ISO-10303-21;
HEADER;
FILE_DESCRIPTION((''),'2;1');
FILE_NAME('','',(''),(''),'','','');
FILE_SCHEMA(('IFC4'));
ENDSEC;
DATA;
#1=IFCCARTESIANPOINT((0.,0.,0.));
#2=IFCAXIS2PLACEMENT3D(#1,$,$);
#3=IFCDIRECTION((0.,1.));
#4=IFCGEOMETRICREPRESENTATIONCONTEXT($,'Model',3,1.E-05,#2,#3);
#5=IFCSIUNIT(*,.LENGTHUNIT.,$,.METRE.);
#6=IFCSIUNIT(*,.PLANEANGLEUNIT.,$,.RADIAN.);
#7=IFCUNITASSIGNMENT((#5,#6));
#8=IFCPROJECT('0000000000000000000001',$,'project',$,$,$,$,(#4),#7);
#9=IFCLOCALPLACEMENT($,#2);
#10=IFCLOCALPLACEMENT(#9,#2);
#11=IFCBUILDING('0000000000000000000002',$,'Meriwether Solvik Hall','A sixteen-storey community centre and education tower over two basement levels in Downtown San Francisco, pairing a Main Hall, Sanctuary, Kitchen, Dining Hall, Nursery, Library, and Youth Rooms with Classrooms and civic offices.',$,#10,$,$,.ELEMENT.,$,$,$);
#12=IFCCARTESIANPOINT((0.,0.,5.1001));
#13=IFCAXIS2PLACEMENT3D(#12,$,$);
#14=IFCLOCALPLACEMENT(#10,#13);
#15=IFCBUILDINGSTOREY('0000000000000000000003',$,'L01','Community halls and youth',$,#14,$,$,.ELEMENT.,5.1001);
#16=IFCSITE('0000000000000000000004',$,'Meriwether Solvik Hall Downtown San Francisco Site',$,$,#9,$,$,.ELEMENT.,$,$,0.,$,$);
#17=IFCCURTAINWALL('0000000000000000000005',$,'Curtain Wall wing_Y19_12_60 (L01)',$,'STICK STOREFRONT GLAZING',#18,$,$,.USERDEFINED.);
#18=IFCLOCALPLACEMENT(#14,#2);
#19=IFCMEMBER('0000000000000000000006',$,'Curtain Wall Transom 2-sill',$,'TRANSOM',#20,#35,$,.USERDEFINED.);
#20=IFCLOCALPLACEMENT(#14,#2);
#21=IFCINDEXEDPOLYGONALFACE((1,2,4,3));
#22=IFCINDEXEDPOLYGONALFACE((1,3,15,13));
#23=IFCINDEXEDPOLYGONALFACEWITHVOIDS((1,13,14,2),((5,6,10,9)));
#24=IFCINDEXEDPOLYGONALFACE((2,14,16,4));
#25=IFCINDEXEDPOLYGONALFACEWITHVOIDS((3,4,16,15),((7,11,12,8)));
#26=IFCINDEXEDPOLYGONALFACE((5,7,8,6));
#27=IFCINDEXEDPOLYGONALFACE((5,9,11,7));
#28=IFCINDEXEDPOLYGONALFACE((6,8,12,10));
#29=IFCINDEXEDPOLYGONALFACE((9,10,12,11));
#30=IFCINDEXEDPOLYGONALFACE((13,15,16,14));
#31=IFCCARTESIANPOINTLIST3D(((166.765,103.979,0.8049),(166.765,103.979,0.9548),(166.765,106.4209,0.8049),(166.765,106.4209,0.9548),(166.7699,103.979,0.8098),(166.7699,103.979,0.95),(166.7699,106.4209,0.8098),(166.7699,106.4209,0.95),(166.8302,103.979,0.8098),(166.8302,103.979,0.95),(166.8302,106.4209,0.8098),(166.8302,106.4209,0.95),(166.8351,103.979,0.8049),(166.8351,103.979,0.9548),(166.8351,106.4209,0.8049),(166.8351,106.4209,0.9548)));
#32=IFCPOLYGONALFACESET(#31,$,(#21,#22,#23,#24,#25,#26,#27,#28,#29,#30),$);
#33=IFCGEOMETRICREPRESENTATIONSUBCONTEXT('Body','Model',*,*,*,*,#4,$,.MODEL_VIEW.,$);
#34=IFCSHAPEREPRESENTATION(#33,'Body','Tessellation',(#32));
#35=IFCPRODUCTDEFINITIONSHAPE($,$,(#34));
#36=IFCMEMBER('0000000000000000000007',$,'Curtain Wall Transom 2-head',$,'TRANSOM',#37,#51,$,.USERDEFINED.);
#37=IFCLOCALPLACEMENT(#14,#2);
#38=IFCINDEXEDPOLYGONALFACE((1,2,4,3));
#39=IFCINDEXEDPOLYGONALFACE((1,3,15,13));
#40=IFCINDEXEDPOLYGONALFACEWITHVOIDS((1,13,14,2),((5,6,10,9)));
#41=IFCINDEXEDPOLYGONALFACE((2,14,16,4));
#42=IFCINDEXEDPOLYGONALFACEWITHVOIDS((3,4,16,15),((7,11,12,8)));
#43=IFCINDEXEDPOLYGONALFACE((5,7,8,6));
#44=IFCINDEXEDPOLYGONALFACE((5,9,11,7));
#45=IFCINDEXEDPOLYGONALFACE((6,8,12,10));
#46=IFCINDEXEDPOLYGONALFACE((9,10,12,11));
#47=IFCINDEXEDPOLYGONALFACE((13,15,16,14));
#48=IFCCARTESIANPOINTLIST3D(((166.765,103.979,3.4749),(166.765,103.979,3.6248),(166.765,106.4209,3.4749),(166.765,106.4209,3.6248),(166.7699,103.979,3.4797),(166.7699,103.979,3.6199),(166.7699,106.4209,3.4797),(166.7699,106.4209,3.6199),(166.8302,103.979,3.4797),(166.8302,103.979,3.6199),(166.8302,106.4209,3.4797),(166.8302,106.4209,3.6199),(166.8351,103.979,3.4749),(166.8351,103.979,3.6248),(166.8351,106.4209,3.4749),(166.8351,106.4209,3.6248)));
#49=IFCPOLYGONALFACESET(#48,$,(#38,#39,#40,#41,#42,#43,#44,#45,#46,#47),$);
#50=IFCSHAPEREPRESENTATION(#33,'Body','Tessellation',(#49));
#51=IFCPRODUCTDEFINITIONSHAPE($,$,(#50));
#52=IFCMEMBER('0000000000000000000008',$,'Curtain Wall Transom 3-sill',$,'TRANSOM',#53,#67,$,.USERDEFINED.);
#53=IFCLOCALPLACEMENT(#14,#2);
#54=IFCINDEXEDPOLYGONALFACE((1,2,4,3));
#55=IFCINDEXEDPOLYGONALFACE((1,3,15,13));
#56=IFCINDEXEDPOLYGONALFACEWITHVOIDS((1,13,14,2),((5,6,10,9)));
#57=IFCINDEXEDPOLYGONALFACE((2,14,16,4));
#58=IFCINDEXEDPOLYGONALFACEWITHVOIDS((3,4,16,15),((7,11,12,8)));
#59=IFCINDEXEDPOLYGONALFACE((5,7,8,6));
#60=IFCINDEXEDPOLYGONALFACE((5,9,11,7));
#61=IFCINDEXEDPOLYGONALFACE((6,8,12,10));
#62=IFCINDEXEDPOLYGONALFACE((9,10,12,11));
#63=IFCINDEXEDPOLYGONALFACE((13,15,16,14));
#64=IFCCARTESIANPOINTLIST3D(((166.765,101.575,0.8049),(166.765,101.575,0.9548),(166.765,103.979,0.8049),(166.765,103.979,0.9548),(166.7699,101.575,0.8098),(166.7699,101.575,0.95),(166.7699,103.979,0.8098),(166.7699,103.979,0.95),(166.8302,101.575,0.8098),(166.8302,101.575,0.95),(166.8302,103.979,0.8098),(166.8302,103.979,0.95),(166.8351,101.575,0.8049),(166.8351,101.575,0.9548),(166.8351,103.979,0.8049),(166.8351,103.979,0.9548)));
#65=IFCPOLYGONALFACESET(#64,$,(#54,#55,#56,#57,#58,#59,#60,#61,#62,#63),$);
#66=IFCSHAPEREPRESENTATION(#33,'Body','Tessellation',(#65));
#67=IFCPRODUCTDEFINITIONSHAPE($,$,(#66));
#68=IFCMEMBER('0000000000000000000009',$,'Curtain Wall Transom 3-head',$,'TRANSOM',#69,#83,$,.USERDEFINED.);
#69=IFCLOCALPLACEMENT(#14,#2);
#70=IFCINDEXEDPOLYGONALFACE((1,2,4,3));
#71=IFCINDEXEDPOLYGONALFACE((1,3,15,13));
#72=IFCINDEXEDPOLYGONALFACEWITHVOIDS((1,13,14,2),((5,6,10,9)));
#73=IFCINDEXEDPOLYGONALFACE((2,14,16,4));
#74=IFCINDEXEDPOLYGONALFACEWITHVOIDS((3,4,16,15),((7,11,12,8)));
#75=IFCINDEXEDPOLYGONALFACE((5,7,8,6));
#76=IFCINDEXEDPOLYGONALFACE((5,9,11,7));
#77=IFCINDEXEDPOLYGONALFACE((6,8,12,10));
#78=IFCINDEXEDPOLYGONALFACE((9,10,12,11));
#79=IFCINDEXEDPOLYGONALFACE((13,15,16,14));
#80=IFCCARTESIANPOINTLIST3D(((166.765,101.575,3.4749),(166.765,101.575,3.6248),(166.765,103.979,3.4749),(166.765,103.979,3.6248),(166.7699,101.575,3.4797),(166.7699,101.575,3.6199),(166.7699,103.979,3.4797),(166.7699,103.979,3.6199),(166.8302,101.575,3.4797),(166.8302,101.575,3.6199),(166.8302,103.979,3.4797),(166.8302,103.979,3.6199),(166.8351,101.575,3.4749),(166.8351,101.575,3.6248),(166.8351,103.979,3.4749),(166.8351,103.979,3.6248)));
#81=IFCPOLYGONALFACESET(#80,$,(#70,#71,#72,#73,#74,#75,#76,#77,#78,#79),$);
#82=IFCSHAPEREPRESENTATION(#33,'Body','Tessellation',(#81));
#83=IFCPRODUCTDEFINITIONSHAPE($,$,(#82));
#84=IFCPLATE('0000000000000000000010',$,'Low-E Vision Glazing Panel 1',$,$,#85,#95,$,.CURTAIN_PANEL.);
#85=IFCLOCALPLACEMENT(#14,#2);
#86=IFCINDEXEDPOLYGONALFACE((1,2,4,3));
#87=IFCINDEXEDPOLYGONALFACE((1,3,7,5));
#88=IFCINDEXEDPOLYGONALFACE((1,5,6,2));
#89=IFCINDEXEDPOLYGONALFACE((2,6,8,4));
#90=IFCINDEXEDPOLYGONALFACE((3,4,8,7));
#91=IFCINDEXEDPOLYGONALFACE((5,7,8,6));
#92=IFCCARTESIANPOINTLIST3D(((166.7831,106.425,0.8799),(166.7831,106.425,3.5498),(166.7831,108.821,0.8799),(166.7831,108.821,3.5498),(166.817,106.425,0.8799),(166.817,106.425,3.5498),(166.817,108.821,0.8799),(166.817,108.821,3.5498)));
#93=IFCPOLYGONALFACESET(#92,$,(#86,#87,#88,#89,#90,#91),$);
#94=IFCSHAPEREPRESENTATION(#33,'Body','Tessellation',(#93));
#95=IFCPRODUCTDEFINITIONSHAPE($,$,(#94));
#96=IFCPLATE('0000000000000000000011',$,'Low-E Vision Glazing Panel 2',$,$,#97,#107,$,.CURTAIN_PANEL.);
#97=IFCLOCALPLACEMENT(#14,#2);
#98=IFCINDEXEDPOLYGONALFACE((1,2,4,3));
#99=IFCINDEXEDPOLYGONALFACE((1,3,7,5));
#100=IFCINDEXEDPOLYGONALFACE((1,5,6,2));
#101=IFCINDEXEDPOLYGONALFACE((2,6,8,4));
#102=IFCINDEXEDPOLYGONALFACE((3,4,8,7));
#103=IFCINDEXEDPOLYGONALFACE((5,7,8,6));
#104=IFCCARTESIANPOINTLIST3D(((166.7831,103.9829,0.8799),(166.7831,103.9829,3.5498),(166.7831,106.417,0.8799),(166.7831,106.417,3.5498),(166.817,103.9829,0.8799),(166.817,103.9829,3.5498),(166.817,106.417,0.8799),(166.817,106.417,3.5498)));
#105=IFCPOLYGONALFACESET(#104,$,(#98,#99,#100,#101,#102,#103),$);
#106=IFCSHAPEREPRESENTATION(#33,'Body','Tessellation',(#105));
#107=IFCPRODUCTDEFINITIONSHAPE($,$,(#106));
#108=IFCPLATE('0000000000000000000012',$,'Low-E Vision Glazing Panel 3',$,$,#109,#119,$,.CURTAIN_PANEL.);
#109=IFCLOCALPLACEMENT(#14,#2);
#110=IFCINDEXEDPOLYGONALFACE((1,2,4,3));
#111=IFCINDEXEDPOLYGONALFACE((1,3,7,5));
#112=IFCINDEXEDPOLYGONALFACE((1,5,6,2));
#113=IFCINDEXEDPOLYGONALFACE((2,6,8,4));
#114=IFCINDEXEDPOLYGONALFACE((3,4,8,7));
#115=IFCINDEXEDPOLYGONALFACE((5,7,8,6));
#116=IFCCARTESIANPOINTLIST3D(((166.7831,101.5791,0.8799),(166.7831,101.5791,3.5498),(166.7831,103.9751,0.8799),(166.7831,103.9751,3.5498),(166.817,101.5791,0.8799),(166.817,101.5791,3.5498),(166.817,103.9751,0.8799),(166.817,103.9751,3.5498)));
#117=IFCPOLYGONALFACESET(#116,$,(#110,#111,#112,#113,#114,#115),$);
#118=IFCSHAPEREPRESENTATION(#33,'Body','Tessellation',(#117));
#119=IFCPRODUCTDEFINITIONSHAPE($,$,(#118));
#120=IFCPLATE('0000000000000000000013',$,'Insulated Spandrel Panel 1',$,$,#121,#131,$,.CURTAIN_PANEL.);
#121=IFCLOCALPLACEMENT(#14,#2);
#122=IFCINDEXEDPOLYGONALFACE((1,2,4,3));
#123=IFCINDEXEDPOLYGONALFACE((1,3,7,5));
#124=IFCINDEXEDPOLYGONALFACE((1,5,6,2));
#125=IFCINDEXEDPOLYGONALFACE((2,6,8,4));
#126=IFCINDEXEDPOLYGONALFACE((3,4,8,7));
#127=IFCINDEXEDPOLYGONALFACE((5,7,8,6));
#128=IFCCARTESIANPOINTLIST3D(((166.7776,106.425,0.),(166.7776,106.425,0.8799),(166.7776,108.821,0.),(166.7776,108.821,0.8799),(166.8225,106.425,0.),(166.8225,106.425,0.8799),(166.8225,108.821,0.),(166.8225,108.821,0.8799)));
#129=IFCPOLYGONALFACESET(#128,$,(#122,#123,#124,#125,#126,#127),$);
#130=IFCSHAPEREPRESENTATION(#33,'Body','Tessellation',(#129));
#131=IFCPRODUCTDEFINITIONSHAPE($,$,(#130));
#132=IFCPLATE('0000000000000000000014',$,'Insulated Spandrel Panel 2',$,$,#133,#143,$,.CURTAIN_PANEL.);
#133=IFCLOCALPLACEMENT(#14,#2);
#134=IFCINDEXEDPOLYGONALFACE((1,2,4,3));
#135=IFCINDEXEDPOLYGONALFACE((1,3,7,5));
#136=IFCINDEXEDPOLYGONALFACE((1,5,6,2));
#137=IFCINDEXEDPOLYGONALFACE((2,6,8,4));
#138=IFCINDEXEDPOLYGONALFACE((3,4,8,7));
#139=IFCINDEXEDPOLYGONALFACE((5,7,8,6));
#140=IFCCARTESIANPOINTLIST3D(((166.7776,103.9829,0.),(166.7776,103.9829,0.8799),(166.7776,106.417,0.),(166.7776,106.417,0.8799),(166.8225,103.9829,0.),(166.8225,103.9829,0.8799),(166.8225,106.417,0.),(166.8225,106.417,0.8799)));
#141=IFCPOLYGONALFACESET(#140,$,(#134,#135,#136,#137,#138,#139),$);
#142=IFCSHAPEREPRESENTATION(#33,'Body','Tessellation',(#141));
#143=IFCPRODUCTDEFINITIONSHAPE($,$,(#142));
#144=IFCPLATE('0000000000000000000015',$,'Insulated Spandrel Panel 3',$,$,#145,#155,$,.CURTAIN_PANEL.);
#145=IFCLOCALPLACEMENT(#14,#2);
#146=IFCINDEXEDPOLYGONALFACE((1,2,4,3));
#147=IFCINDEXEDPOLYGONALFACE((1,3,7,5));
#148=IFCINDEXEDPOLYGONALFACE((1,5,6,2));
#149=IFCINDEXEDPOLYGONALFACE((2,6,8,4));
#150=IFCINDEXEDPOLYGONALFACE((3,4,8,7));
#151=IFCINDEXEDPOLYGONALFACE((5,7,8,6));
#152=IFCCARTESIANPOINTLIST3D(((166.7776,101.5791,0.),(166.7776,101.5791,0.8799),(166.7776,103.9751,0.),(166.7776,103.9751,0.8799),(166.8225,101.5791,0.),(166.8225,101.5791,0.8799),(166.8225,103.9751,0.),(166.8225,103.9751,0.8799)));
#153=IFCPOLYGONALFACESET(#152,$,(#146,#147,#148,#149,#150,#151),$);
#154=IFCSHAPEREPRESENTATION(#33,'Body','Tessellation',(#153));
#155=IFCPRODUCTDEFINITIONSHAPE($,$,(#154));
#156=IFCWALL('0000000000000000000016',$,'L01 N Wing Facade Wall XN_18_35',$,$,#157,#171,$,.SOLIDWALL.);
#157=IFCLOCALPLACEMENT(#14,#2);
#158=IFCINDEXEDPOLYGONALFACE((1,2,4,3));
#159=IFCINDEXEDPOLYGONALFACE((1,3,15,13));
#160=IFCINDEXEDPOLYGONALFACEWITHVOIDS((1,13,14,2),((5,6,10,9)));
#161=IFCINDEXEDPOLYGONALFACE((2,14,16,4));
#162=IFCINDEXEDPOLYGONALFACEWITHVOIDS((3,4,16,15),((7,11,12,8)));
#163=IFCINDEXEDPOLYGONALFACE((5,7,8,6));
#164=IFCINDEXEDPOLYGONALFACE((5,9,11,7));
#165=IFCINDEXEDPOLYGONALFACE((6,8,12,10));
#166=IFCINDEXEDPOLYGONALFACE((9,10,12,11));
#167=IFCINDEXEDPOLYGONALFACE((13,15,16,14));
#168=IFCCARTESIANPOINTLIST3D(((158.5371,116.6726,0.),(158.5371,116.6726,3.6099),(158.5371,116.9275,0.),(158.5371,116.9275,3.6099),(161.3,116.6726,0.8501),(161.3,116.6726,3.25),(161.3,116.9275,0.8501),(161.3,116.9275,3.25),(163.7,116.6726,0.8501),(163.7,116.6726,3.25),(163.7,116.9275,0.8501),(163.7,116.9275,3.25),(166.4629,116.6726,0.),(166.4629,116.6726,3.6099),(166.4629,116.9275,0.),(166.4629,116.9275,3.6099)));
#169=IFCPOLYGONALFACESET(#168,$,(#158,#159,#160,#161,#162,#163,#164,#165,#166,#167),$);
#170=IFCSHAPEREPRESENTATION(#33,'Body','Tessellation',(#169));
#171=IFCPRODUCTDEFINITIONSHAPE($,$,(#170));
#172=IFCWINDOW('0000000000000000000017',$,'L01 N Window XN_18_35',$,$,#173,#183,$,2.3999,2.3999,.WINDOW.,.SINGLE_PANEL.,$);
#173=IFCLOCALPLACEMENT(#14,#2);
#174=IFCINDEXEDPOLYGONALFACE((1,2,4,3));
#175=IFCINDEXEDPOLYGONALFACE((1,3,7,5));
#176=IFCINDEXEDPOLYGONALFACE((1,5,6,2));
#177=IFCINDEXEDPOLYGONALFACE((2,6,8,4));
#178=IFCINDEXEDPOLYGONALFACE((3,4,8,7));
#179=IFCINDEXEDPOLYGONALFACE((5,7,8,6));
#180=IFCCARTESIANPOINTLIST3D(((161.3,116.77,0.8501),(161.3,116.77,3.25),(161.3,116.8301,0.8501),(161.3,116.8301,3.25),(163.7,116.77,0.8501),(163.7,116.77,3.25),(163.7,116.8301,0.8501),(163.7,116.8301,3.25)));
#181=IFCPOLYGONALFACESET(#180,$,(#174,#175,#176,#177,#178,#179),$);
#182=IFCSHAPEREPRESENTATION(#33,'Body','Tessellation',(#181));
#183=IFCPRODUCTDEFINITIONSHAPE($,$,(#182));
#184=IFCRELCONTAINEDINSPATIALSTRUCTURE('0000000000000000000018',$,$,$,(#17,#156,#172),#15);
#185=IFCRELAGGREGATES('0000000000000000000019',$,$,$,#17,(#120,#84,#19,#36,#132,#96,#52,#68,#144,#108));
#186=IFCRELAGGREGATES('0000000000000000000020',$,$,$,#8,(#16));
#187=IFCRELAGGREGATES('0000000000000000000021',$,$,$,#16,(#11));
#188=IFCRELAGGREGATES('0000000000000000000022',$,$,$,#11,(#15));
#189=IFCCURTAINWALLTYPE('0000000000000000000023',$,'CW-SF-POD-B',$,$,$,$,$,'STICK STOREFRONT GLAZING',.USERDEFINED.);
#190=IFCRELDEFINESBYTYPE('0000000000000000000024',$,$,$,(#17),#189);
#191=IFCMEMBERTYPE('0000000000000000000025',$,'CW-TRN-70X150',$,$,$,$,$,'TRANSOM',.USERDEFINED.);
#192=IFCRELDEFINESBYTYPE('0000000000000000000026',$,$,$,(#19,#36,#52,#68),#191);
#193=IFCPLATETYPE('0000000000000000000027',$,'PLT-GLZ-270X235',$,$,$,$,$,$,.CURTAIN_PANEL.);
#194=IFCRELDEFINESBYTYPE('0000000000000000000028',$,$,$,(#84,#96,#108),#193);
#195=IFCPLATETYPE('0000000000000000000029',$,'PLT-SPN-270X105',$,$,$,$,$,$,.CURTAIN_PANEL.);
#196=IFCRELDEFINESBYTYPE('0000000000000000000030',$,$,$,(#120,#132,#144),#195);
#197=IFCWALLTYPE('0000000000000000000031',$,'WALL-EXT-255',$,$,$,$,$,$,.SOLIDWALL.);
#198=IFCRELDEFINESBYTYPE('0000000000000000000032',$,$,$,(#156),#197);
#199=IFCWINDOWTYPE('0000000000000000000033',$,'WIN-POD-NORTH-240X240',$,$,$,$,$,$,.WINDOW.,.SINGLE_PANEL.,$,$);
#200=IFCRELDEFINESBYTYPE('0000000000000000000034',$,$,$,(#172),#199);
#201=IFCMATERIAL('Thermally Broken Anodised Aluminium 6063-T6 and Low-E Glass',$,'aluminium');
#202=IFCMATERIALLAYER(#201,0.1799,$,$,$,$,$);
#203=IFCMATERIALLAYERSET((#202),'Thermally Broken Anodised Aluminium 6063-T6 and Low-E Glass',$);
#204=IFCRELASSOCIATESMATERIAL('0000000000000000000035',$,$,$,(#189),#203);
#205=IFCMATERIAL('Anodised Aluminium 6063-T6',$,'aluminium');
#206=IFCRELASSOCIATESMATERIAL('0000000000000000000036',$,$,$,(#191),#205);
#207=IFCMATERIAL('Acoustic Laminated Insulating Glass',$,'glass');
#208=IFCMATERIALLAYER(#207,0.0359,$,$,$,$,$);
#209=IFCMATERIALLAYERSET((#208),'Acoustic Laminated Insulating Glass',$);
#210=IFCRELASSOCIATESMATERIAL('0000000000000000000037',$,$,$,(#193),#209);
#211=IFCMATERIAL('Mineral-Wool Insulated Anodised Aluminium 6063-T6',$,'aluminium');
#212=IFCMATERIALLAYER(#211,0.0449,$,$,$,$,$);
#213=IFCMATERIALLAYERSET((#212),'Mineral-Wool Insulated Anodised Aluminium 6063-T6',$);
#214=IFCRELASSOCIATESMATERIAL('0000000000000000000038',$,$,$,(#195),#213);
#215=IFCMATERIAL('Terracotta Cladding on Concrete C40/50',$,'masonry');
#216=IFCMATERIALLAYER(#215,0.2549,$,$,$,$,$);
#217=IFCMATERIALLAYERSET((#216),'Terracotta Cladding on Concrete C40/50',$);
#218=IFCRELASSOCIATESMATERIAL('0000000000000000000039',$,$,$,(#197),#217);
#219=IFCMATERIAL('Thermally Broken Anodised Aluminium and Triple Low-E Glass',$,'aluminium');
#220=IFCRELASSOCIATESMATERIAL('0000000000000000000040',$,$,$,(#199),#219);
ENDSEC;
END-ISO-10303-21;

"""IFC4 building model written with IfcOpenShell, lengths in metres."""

from ifc_helpers import new_model, si_unit, direction, frame, frame_2d, origin, origin_2d, place, context, subcontext, project, spatial, rectangle, hollow_rectangle, extrude, material, layer, layer_set, material_profile, profile_set, type_object, element, fill, aggregate, save


model = new_model("IFC4")

# Units and contexts
model_context = context("Model", 3, precision=1e-05, world=origin(), true_north=direction((0.0, 1.0)))
body_context = subcontext(model_context, "Body", "Model", "MODEL_VIEW")
ifc_project = project(units=[si_unit("LENGTHUNIT", "METRE"), si_unit("PLANEANGLEUNIT", "RADIAN")], contexts=[model_context])

# Site, building, storey
site_placement = place(None, origin())
site = spatial("IfcSite", under=ifc_project, at=site_placement, Name="Meriwether Solvik Hall Downtown San Francisco Site", CompositionType="ELEMENT", RefElevation=0.0)
building_placement = place(site_placement, origin())
building = spatial("IfcBuilding", under=site, at=building_placement, Name="Meriwether Solvik Hall", Description="A sixteen-storey community centre and education tower over two basement levels in Downtown San Francisco, pairing a Main Hall, Sanctuary, Kitchen, Dining Hall, Nursery, Library, and Youth Rooms with Classrooms and civic offices.", CompositionType="ELEMENT")
storey_placement = place(building_placement, frame((0.0, 0.0, 5.1001)))
storey = spatial("IfcBuildingStorey", under=building, at=storey_placement, Name="L01", Description="Community halls and youth", CompositionType="ELEMENT", Elevation=5.1001)

# Curtain wall, members, plates
ifc_material_1 = material(Name="Thermally Broken Anodised Aluminium 6063-T6 and Low-E Glass", Category="aluminium")
ifc_layer_1 = layer(ifc_material_1, 0.1799)
ifc_layer_set_1 = layer_set([ifc_layer_1], Name="Thermally Broken Anodised Aluminium 6063-T6 and Low-E Glass")
curtain_wall_type = type_object("IfcCurtainWallType", Name="CW-SF-POD-B", ElementType="STICK STOREFRONT GLAZING", PredefinedType="USERDEFINED", material=ifc_layer_set_1)
curtain_wall_placement = place(storey_placement, origin())
curtain_wall = element("IfcCurtainWall", 1, at=curtain_wall_placement, inside=storey, type_object=curtain_wall_type, Name="Curtain Wall wing_Y19_12_60 (L01)", ObjectType="STICK STOREFRONT GLAZING", PredefinedType="USERDEFINED")
ifc_material_2 = material(Name="Anodised Aluminium 6063-T6", Category="aluminium")
ifc_material_profile_1 = material_profile(ifc_material_2, hollow_rectangle(XDim=0.0701, YDim=0.1499, WallThickness=0.0049, at=origin_2d()), Name="CWT-70X150")
ifc_profile_set_1 = profile_set([ifc_material_profile_1], Name="Anodised Aluminium 6063-T6")
member_type_1 = type_object("IfcMemberType", Name="CW-TRN-70X150", ElementType="TRANSOM", PredefinedType="USERDEFINED", material=ifc_profile_set_1)
member_1_placement = place(storey_placement, frame((166.8, 106.4209, 0.8799), z_axis=(0.0, -1.0, 0.0), x_axis=(1.0, 0.0, 0.0)))
member_1 = element("IfcMember", 2, at=member_1_placement, type_object=member_type_1, Name="Curtain Wall Transom 2-sill", ObjectType="TRANSOM", PredefinedType="USERDEFINED", context=body_context, shape_type="SweptSolid", body=[
    extrude(hollow_rectangle(XDim=0.0701, YDim=0.1499, WallThickness=0.0049, at=origin_2d()), origin(), (0.0, 0.0, 1.0), 2.4419),
])
member_2_placement = place(storey_placement, frame((166.8, 106.4209, 3.5498), z_axis=(0.0, -1.0, 0.0), x_axis=(1.0, 0.0, 0.0)))
member_2 = element("IfcMember", 3, at=member_2_placement, type_object=member_type_1, Name="Curtain Wall Transom 2-head", ObjectType="TRANSOM", PredefinedType="USERDEFINED", context=body_context, shape_type="SweptSolid", body=[
    extrude(hollow_rectangle(XDim=0.0701, YDim=0.1499, WallThickness=0.0049, at=origin_2d()), origin(), (0.0, 0.0, 1.0), 2.4419),
])
member_3_placement = place(storey_placement, frame((166.8, 103.979, 0.8799), z_axis=(0.0, -1.0, 0.0), x_axis=(1.0, 0.0, 0.0)))
member_3 = element("IfcMember", 4, at=member_3_placement, type_object=member_type_1, Name="Curtain Wall Transom 3-sill", ObjectType="TRANSOM", PredefinedType="USERDEFINED", context=body_context, shape_type="SweptSolid", body=[
    extrude(hollow_rectangle(XDim=0.0701, YDim=0.1499, WallThickness=0.0049, at=origin_2d()), origin(), (0.0, 0.0, 1.0), 2.4041),
])
member_4_placement = place(storey_placement, frame((166.8, 103.979, 3.5498), z_axis=(0.0, -1.0, 0.0), x_axis=(1.0, 0.0, 0.0)))
member_4 = element("IfcMember", 5, at=member_4_placement, type_object=member_type_1, Name="Curtain Wall Transom 3-head", ObjectType="TRANSOM", PredefinedType="USERDEFINED", context=body_context, shape_type="SweptSolid", body=[
    extrude(hollow_rectangle(XDim=0.0701, YDim=0.1499, WallThickness=0.0049, at=origin_2d()), origin(), (0.0, 0.0, 1.0), 2.4041),
])
ifc_material_3 = material(Name="Acoustic Laminated Insulating Glass", Category="glass")
ifc_layer_2 = layer(ifc_material_3, 0.0359)
ifc_layer_set_2 = layer_set([ifc_layer_2], Name="Acoustic Laminated Insulating Glass")
plate_type_1 = type_object("IfcPlateType", Name="PLT-GLZ-270X235", PredefinedType="CURTAIN_PANEL", material=ifc_layer_set_2)
plate_1_placement = place(storey_placement, frame((166.8, 107.623, 0.8799), z_axis=(0.0, 0.0, 1.0), x_axis=(0.0, -1.0, 0.0)))
plate_1 = element("IfcPlate", 6, at=plate_1_placement, type_object=plate_type_1, Name="Low-E Vision Glazing Panel 1", PredefinedType="CURTAIN_PANEL", context=body_context, shape_type="SweptSolid", body=[
    extrude(rectangle(XDim=2.396, YDim=0.0339, at=origin_2d()), origin(), (0.0, 0.0, 1.0), 2.6699),
])
plate_2_placement = place(storey_placement, frame((166.8, 105.2, 0.8799), z_axis=(0.0, 0.0, 1.0), x_axis=(0.0, -1.0, 0.0)))
plate_2 = element("IfcPlate", 7, at=plate_2_placement, type_object=plate_type_1, Name="Low-E Vision Glazing Panel 2", PredefinedType="CURTAIN_PANEL", context=body_context, shape_type="SweptSolid", body=[
    extrude(rectangle(XDim=2.4341, YDim=0.0339, at=origin_2d()), origin(), (0.0, 0.0, 1.0), 2.6699),
])
plate_3_placement = place(storey_placement, frame((166.8, 102.7771, 0.8799), z_axis=(0.0, 0.0, 1.0), x_axis=(0.0, -1.0, 0.0)))
plate_3 = element("IfcPlate", 8, at=plate_3_placement, type_object=plate_type_1, Name="Low-E Vision Glazing Panel 3", PredefinedType="CURTAIN_PANEL", context=body_context, shape_type="SweptSolid", body=[
    extrude(rectangle(XDim=2.396, YDim=0.0339, at=origin_2d()), origin(), (0.0, 0.0, 1.0), 2.6699),
])
ifc_material_4 = material(Name="Mineral-Wool Insulated Anodised Aluminium 6063-T6", Category="aluminium")
ifc_layer_3 = layer(ifc_material_4, 0.0449)
ifc_layer_set_3 = layer_set([ifc_layer_3], Name="Mineral-Wool Insulated Anodised Aluminium 6063-T6")
plate_type_2 = type_object("IfcPlateType", Name="PLT-SPN-270X105", PredefinedType="CURTAIN_PANEL", material=ifc_layer_set_3)
plate_4_placement = place(storey_placement, frame((166.8, 107.623, 0.0), z_axis=(0.0, 0.0, 1.0), x_axis=(0.0, -1.0, 0.0)))
plate_4 = element("IfcPlate", 9, at=plate_4_placement, type_object=plate_type_2, Name="Insulated Spandrel Panel 1", PredefinedType="CURTAIN_PANEL", context=body_context, shape_type="SweptSolid", body=[
    extrude(rectangle(XDim=2.396, YDim=0.0449, at=origin_2d()), origin(), (0.0, 0.0, 1.0), 0.8799),
])
plate_5_placement = place(storey_placement, frame((166.8, 105.2, 0.0), z_axis=(0.0, 0.0, 1.0), x_axis=(0.0, -1.0, 0.0)))
plate_5 = element("IfcPlate", 10, at=plate_5_placement, type_object=plate_type_2, Name="Insulated Spandrel Panel 2", PredefinedType="CURTAIN_PANEL", context=body_context, shape_type="SweptSolid", body=[
    extrude(rectangle(XDim=2.4341, YDim=0.0449, at=origin_2d()), origin(), (0.0, 0.0, 1.0), 0.8799),
])
plate_6_placement = place(storey_placement, frame((166.8, 102.7771, 0.0), z_axis=(0.0, 0.0, 1.0), x_axis=(0.0, -1.0, 0.0)))
plate_6 = element("IfcPlate", 11, at=plate_6_placement, type_object=plate_type_2, Name="Insulated Spandrel Panel 3", PredefinedType="CURTAIN_PANEL", context=body_context, shape_type="SweptSolid", body=[
    extrude(rectangle(XDim=2.396, YDim=0.0449, at=origin_2d()), origin(), (0.0, 0.0, 1.0), 0.8799),
])
aggregate(curtain_wall, [plate_4, plate_1, member_1, member_2, plate_5, plate_2, member_3, member_4, plate_6, plate_3])

# Wall, opening, window
ifc_material_5 = material(Name="Terracotta Cladding on Concrete C40/50", Category="masonry")
ifc_layer_4 = layer(ifc_material_5, 0.2549)
ifc_layer_set_4 = layer_set([ifc_layer_4], Name="Terracotta Cladding on Concrete C40/50")
wall_type_1 = type_object("IfcWallType", Name="WALL-EXT-255", PredefinedType="SOLIDWALL", material=ifc_layer_set_4)
wall_1_placement = place(storey_placement, frame((158.5371, 116.8, 0.0), z_axis=(0.0, 0.0, 1.0), x_axis=(1.0, 0.0, 0.0)))
wall_1 = element("IfcWall", 12, at=wall_1_placement, inside=storey, type_object=wall_type_1, Name="L01 N Wing Facade Wall XN_18_35", PredefinedType="SOLIDWALL", context=body_context, shape_type="SweptSolid", body=[
    extrude(rectangle(XDim=7.9258, YDim=0.2549, at=frame_2d((3.9629, 0.0))), origin(), (0.0, 0.0, 1.0), 3.6099),
])
opening_1_placement = place(wall_1_placement, frame((2.7629, 0.0, 0.8501)))
opening_1 = element("IfcOpeningElement", 13, at=opening_1_placement, cuts=wall_1, PredefinedType="OPENING", context=body_context, shape_type="SweptSolid", body=[
    extrude(rectangle(XDim=2.3999, YDim=2.3999, at=frame_2d((1.2, 1.2))), frame((0.0, 0.1394, 0.0), z_axis=(0.0, -1.0, 0.0), x_axis=(1.0, 0.0, 0.0)), (0.0, 0.0, 1.0), 0.2788),
])
ifc_material_6 = material(Name="Thermally Broken Anodised Aluminium and Triple Low-E Glass", Category="aluminium")
window_type_1 = type_object("IfcWindowType", Name="WIN-POD-NORTH-240X240", PartitioningType="SINGLE_PANEL", PredefinedType="WINDOW", material=ifc_material_6)
window_1_placement = place(opening_1_placement, origin())
window_1 = element("IfcWindow", 14, at=window_1_placement, inside=storey, type_object=window_type_1, Name="L01 N Window XN_18_35", OverallHeight=2.3999, OverallWidth=2.3999, PartitioningType="SINGLE_PANEL", PredefinedType="WINDOW", context=body_context, shape_type="SweptSolid", body=[
    extrude(rectangle(XDim=2.3999, YDim=2.3999, at=frame_2d((1.2, 1.2))), frame((0.0, 0.03, 0.0), z_axis=(0.0, -1.0, 0.0), x_axis=(1.0, 0.0, 0.0)), (0.0, 0.0, 1.0), 0.0601),
])
fill(opening_1, window_1)

save(model, "model.ifc")
